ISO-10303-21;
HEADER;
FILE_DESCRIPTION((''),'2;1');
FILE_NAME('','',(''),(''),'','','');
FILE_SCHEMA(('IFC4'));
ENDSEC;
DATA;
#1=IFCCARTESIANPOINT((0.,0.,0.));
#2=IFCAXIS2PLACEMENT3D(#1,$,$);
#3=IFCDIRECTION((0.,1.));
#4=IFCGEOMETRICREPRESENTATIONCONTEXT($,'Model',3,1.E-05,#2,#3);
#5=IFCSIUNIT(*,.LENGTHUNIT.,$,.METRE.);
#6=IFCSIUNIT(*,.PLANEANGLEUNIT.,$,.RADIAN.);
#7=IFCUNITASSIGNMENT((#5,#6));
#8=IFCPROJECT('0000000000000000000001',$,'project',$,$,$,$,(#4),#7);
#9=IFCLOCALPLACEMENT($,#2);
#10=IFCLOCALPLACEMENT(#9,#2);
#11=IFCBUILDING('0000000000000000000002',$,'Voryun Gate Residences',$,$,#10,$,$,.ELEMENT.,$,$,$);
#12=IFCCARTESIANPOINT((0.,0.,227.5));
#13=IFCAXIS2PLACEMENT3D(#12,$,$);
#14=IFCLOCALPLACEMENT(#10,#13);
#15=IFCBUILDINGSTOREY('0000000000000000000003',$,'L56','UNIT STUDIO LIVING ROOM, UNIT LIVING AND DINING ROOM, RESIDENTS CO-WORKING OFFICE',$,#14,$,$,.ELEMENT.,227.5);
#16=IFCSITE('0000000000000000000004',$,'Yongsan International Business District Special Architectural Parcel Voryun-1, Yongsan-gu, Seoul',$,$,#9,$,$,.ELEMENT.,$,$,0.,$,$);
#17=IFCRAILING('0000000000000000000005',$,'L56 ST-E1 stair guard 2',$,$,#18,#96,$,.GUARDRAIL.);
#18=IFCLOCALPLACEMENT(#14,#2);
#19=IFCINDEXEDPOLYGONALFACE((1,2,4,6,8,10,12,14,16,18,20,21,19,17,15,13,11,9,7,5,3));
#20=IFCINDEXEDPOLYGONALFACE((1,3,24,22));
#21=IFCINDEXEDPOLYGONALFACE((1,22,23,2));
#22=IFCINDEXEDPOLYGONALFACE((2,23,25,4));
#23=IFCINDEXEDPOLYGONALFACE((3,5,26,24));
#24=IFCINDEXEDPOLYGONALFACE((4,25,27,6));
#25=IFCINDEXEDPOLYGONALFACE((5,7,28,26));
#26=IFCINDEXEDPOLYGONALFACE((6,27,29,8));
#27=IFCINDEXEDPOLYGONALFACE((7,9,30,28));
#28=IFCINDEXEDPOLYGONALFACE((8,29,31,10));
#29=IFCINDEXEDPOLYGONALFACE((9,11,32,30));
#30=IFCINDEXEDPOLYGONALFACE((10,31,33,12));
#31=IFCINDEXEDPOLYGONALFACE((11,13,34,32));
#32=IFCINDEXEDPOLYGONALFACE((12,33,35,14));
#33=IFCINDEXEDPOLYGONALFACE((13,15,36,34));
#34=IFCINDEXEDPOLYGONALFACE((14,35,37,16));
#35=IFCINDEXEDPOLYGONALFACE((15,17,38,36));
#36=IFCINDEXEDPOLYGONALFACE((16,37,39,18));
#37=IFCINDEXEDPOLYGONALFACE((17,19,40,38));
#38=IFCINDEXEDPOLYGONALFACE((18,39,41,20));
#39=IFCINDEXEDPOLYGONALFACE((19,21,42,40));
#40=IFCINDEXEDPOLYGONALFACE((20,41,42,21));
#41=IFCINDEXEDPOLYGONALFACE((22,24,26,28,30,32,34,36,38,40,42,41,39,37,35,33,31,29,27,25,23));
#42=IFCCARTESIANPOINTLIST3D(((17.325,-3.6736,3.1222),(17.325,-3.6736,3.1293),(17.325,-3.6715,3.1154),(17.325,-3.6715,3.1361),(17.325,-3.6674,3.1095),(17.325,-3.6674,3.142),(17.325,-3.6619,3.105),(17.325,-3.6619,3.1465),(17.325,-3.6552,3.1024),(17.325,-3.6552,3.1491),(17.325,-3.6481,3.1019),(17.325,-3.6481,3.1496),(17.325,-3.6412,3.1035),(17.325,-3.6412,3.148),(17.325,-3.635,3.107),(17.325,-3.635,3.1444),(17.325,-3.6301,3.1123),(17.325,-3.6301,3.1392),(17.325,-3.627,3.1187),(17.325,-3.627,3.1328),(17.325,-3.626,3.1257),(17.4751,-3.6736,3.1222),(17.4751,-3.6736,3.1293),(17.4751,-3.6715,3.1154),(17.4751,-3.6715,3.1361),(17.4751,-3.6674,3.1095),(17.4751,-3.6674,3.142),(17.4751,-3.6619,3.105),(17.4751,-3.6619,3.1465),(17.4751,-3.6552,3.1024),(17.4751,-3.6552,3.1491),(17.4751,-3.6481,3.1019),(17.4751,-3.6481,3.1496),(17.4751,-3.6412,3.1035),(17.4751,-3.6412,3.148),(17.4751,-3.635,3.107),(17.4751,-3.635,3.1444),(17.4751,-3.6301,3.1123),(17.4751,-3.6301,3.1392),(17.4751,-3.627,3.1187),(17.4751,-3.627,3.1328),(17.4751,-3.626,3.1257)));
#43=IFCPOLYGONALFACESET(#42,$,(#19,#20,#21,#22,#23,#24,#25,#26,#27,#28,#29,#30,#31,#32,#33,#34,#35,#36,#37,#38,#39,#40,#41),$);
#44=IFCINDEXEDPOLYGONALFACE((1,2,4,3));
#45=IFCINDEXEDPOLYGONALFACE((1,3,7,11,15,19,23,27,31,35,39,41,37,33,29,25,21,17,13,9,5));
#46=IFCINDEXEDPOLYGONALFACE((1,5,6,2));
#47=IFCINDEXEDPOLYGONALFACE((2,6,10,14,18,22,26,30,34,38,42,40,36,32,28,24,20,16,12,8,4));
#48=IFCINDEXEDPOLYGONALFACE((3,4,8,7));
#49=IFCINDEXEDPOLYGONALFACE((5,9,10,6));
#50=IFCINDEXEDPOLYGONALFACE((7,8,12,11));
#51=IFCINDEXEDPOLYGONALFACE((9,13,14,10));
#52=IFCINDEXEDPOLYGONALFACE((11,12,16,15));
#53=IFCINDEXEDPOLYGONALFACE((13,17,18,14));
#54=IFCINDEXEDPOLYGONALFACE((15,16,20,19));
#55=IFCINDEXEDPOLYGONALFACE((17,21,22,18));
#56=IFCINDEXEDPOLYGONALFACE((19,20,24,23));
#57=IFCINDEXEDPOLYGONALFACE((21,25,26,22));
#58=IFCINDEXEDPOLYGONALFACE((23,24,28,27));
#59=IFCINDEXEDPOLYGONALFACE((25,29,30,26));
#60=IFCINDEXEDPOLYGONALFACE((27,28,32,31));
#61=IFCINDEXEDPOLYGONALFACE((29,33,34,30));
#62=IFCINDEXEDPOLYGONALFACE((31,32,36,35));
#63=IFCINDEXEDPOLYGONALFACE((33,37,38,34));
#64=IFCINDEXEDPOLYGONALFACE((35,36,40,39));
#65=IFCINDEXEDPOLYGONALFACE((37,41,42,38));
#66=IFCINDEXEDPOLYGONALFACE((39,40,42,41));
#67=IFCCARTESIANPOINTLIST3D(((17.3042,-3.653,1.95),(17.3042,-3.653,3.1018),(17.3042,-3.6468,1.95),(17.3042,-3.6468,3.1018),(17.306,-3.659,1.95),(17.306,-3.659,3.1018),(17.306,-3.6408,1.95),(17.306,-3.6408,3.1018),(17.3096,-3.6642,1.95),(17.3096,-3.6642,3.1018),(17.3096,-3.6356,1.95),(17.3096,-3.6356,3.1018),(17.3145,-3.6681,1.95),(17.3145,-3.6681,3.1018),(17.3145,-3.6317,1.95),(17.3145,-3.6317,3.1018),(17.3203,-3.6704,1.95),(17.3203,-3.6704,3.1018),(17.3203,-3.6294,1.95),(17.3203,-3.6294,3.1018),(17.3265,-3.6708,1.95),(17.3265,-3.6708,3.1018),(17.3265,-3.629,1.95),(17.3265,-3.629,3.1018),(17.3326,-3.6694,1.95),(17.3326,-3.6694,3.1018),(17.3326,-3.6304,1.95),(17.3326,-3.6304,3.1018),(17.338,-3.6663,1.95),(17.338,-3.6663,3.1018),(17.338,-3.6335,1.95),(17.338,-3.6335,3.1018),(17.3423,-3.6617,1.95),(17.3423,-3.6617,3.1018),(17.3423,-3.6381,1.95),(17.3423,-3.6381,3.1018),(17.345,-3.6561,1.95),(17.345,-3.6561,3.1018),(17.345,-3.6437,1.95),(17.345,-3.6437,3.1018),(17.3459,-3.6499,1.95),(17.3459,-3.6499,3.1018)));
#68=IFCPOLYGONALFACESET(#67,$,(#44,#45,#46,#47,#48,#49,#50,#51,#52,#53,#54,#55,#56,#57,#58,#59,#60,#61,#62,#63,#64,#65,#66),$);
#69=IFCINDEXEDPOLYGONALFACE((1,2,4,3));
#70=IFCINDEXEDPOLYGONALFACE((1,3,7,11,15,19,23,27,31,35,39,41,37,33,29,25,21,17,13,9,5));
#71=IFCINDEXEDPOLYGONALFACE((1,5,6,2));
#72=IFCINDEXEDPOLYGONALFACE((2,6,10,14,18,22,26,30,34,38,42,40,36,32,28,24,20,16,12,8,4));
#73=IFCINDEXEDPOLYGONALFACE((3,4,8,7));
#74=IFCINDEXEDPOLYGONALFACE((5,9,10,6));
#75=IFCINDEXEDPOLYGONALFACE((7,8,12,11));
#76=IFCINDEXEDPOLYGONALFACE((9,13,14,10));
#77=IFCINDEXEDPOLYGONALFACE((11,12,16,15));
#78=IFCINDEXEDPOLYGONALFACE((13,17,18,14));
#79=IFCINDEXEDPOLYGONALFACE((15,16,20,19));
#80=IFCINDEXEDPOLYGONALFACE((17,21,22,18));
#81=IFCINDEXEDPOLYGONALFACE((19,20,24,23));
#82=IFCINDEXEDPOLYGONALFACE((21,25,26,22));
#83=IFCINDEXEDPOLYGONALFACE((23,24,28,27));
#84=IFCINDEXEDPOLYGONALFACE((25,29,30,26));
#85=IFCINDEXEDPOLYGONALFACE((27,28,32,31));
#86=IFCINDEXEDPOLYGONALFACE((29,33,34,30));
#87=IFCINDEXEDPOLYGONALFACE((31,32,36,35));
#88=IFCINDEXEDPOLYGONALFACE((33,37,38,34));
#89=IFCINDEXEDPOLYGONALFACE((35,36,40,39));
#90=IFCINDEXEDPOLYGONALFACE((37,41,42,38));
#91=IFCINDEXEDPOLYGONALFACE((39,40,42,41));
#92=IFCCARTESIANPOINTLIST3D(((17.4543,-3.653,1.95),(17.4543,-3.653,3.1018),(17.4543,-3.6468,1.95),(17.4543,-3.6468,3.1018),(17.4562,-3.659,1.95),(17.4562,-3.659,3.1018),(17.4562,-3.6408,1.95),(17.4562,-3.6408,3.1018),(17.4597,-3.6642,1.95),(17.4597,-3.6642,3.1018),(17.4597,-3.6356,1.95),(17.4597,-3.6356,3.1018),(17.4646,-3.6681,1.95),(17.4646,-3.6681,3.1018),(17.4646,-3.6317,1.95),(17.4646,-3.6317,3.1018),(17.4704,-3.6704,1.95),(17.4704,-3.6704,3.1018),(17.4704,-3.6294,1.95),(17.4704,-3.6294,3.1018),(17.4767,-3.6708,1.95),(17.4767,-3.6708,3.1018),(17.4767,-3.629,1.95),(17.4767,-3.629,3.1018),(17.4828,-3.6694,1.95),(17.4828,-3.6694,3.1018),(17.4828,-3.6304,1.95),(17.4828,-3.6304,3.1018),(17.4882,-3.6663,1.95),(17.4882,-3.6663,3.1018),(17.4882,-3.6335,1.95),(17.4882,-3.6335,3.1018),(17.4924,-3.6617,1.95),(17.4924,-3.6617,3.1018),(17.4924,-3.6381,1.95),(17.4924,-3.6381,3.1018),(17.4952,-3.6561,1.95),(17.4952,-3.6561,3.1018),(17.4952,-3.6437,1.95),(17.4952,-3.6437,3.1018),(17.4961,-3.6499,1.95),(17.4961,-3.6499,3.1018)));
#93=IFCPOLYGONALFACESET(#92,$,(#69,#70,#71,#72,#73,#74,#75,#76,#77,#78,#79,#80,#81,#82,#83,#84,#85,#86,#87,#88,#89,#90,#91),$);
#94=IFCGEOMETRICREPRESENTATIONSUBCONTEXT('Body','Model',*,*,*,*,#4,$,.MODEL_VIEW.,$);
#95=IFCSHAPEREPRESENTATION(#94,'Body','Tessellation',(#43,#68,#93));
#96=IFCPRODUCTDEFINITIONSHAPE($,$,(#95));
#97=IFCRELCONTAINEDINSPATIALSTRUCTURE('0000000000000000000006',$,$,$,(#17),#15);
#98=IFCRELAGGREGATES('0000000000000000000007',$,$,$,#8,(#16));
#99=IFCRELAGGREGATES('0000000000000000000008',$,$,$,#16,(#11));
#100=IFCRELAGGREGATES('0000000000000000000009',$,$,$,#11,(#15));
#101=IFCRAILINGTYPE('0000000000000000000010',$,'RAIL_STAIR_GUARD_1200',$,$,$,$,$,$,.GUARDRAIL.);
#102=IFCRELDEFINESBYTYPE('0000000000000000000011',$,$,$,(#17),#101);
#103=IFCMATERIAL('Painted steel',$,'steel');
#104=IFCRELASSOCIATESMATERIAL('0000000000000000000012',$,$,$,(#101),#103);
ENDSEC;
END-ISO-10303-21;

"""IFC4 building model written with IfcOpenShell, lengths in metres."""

from ifc_helpers import new_model, si_unit, direction, frame, origin, origin_2d, place, context, subcontext, project, spatial, circle, extrude, material, type_object, element, save


model = new_model("IFC4")

# Units and contexts
model_context = context("Model", 3, precision=1e-05, world=origin(), true_north=direction((0.0, 1.0)))
body_context = subcontext(model_context, "Body", "Model", "MODEL_VIEW")
ifc_project = project(units=[si_unit("LENGTHUNIT", "METRE"), si_unit("PLANEANGLEUNIT", "RADIAN")], contexts=[model_context])

# Site, building, storey
site_placement = place(None, origin())
site = spatial("IfcSite", under=ifc_project, at=site_placement, Name="Yongsan International Business District Special Architectural Parcel Voryun-1, Yongsan-gu, Seoul", CompositionType="ELEMENT", RefElevation=0.0)
building_placement = place(site_placement, origin())
building = spatial("IfcBuilding", under=site, at=building_placement, Name="Voryun Gate Residences", CompositionType="ELEMENT")
storey_placement = place(building_placement, frame((0.0, 0.0, 227.5)))
storey = spatial("IfcBuildingStorey", under=building, at=storey_placement, Name="L56", Description="UNIT STUDIO LIVING ROOM, UNIT LIVING AND DINING ROOM, RESIDENTS CO-WORKING OFFICE", CompositionType="ELEMENT", Elevation=227.5)

# Railing
ifc_material_1 = material(Name="Painted steel", Category="steel")
railing_type_1 = type_object("IfcRailingType", Name="RAIL_STAIR_GUARD_1200", PredefinedType="GUARDRAIL", material=ifc_material_1)
railing_1_placement = place(storey_placement, frame((17.325, -3.6499, 1.95)))
element("IfcRailing", 1, at=railing_1_placement, inside=storey, type_object=railing_type_1, Name="L56 ST-E1 stair guard 2", PredefinedType="GUARDRAIL", context=body_context, shape_type="SweptSolid", body=[
    extrude(circle(Radius=0.0239, at=origin_2d()), frame((0.0, 0.0, 1.1758), z_axis=(1.0, 0.0, 0.0), x_axis=(0.0, 1.0, 0.0)), (0.0, 0.0, 1.0), 0.1501),
    extrude(circle(Radius=0.021, at=origin_2d()), origin(), (0.0, 0.0, 1.0), 1.1519),
    extrude(circle(Radius=0.021, at=origin_2d()), frame((0.1501, 0.0, 0.0)), (0.0, 0.0, 1.0), 1.1519),
])

save(model, "model.ifc")
